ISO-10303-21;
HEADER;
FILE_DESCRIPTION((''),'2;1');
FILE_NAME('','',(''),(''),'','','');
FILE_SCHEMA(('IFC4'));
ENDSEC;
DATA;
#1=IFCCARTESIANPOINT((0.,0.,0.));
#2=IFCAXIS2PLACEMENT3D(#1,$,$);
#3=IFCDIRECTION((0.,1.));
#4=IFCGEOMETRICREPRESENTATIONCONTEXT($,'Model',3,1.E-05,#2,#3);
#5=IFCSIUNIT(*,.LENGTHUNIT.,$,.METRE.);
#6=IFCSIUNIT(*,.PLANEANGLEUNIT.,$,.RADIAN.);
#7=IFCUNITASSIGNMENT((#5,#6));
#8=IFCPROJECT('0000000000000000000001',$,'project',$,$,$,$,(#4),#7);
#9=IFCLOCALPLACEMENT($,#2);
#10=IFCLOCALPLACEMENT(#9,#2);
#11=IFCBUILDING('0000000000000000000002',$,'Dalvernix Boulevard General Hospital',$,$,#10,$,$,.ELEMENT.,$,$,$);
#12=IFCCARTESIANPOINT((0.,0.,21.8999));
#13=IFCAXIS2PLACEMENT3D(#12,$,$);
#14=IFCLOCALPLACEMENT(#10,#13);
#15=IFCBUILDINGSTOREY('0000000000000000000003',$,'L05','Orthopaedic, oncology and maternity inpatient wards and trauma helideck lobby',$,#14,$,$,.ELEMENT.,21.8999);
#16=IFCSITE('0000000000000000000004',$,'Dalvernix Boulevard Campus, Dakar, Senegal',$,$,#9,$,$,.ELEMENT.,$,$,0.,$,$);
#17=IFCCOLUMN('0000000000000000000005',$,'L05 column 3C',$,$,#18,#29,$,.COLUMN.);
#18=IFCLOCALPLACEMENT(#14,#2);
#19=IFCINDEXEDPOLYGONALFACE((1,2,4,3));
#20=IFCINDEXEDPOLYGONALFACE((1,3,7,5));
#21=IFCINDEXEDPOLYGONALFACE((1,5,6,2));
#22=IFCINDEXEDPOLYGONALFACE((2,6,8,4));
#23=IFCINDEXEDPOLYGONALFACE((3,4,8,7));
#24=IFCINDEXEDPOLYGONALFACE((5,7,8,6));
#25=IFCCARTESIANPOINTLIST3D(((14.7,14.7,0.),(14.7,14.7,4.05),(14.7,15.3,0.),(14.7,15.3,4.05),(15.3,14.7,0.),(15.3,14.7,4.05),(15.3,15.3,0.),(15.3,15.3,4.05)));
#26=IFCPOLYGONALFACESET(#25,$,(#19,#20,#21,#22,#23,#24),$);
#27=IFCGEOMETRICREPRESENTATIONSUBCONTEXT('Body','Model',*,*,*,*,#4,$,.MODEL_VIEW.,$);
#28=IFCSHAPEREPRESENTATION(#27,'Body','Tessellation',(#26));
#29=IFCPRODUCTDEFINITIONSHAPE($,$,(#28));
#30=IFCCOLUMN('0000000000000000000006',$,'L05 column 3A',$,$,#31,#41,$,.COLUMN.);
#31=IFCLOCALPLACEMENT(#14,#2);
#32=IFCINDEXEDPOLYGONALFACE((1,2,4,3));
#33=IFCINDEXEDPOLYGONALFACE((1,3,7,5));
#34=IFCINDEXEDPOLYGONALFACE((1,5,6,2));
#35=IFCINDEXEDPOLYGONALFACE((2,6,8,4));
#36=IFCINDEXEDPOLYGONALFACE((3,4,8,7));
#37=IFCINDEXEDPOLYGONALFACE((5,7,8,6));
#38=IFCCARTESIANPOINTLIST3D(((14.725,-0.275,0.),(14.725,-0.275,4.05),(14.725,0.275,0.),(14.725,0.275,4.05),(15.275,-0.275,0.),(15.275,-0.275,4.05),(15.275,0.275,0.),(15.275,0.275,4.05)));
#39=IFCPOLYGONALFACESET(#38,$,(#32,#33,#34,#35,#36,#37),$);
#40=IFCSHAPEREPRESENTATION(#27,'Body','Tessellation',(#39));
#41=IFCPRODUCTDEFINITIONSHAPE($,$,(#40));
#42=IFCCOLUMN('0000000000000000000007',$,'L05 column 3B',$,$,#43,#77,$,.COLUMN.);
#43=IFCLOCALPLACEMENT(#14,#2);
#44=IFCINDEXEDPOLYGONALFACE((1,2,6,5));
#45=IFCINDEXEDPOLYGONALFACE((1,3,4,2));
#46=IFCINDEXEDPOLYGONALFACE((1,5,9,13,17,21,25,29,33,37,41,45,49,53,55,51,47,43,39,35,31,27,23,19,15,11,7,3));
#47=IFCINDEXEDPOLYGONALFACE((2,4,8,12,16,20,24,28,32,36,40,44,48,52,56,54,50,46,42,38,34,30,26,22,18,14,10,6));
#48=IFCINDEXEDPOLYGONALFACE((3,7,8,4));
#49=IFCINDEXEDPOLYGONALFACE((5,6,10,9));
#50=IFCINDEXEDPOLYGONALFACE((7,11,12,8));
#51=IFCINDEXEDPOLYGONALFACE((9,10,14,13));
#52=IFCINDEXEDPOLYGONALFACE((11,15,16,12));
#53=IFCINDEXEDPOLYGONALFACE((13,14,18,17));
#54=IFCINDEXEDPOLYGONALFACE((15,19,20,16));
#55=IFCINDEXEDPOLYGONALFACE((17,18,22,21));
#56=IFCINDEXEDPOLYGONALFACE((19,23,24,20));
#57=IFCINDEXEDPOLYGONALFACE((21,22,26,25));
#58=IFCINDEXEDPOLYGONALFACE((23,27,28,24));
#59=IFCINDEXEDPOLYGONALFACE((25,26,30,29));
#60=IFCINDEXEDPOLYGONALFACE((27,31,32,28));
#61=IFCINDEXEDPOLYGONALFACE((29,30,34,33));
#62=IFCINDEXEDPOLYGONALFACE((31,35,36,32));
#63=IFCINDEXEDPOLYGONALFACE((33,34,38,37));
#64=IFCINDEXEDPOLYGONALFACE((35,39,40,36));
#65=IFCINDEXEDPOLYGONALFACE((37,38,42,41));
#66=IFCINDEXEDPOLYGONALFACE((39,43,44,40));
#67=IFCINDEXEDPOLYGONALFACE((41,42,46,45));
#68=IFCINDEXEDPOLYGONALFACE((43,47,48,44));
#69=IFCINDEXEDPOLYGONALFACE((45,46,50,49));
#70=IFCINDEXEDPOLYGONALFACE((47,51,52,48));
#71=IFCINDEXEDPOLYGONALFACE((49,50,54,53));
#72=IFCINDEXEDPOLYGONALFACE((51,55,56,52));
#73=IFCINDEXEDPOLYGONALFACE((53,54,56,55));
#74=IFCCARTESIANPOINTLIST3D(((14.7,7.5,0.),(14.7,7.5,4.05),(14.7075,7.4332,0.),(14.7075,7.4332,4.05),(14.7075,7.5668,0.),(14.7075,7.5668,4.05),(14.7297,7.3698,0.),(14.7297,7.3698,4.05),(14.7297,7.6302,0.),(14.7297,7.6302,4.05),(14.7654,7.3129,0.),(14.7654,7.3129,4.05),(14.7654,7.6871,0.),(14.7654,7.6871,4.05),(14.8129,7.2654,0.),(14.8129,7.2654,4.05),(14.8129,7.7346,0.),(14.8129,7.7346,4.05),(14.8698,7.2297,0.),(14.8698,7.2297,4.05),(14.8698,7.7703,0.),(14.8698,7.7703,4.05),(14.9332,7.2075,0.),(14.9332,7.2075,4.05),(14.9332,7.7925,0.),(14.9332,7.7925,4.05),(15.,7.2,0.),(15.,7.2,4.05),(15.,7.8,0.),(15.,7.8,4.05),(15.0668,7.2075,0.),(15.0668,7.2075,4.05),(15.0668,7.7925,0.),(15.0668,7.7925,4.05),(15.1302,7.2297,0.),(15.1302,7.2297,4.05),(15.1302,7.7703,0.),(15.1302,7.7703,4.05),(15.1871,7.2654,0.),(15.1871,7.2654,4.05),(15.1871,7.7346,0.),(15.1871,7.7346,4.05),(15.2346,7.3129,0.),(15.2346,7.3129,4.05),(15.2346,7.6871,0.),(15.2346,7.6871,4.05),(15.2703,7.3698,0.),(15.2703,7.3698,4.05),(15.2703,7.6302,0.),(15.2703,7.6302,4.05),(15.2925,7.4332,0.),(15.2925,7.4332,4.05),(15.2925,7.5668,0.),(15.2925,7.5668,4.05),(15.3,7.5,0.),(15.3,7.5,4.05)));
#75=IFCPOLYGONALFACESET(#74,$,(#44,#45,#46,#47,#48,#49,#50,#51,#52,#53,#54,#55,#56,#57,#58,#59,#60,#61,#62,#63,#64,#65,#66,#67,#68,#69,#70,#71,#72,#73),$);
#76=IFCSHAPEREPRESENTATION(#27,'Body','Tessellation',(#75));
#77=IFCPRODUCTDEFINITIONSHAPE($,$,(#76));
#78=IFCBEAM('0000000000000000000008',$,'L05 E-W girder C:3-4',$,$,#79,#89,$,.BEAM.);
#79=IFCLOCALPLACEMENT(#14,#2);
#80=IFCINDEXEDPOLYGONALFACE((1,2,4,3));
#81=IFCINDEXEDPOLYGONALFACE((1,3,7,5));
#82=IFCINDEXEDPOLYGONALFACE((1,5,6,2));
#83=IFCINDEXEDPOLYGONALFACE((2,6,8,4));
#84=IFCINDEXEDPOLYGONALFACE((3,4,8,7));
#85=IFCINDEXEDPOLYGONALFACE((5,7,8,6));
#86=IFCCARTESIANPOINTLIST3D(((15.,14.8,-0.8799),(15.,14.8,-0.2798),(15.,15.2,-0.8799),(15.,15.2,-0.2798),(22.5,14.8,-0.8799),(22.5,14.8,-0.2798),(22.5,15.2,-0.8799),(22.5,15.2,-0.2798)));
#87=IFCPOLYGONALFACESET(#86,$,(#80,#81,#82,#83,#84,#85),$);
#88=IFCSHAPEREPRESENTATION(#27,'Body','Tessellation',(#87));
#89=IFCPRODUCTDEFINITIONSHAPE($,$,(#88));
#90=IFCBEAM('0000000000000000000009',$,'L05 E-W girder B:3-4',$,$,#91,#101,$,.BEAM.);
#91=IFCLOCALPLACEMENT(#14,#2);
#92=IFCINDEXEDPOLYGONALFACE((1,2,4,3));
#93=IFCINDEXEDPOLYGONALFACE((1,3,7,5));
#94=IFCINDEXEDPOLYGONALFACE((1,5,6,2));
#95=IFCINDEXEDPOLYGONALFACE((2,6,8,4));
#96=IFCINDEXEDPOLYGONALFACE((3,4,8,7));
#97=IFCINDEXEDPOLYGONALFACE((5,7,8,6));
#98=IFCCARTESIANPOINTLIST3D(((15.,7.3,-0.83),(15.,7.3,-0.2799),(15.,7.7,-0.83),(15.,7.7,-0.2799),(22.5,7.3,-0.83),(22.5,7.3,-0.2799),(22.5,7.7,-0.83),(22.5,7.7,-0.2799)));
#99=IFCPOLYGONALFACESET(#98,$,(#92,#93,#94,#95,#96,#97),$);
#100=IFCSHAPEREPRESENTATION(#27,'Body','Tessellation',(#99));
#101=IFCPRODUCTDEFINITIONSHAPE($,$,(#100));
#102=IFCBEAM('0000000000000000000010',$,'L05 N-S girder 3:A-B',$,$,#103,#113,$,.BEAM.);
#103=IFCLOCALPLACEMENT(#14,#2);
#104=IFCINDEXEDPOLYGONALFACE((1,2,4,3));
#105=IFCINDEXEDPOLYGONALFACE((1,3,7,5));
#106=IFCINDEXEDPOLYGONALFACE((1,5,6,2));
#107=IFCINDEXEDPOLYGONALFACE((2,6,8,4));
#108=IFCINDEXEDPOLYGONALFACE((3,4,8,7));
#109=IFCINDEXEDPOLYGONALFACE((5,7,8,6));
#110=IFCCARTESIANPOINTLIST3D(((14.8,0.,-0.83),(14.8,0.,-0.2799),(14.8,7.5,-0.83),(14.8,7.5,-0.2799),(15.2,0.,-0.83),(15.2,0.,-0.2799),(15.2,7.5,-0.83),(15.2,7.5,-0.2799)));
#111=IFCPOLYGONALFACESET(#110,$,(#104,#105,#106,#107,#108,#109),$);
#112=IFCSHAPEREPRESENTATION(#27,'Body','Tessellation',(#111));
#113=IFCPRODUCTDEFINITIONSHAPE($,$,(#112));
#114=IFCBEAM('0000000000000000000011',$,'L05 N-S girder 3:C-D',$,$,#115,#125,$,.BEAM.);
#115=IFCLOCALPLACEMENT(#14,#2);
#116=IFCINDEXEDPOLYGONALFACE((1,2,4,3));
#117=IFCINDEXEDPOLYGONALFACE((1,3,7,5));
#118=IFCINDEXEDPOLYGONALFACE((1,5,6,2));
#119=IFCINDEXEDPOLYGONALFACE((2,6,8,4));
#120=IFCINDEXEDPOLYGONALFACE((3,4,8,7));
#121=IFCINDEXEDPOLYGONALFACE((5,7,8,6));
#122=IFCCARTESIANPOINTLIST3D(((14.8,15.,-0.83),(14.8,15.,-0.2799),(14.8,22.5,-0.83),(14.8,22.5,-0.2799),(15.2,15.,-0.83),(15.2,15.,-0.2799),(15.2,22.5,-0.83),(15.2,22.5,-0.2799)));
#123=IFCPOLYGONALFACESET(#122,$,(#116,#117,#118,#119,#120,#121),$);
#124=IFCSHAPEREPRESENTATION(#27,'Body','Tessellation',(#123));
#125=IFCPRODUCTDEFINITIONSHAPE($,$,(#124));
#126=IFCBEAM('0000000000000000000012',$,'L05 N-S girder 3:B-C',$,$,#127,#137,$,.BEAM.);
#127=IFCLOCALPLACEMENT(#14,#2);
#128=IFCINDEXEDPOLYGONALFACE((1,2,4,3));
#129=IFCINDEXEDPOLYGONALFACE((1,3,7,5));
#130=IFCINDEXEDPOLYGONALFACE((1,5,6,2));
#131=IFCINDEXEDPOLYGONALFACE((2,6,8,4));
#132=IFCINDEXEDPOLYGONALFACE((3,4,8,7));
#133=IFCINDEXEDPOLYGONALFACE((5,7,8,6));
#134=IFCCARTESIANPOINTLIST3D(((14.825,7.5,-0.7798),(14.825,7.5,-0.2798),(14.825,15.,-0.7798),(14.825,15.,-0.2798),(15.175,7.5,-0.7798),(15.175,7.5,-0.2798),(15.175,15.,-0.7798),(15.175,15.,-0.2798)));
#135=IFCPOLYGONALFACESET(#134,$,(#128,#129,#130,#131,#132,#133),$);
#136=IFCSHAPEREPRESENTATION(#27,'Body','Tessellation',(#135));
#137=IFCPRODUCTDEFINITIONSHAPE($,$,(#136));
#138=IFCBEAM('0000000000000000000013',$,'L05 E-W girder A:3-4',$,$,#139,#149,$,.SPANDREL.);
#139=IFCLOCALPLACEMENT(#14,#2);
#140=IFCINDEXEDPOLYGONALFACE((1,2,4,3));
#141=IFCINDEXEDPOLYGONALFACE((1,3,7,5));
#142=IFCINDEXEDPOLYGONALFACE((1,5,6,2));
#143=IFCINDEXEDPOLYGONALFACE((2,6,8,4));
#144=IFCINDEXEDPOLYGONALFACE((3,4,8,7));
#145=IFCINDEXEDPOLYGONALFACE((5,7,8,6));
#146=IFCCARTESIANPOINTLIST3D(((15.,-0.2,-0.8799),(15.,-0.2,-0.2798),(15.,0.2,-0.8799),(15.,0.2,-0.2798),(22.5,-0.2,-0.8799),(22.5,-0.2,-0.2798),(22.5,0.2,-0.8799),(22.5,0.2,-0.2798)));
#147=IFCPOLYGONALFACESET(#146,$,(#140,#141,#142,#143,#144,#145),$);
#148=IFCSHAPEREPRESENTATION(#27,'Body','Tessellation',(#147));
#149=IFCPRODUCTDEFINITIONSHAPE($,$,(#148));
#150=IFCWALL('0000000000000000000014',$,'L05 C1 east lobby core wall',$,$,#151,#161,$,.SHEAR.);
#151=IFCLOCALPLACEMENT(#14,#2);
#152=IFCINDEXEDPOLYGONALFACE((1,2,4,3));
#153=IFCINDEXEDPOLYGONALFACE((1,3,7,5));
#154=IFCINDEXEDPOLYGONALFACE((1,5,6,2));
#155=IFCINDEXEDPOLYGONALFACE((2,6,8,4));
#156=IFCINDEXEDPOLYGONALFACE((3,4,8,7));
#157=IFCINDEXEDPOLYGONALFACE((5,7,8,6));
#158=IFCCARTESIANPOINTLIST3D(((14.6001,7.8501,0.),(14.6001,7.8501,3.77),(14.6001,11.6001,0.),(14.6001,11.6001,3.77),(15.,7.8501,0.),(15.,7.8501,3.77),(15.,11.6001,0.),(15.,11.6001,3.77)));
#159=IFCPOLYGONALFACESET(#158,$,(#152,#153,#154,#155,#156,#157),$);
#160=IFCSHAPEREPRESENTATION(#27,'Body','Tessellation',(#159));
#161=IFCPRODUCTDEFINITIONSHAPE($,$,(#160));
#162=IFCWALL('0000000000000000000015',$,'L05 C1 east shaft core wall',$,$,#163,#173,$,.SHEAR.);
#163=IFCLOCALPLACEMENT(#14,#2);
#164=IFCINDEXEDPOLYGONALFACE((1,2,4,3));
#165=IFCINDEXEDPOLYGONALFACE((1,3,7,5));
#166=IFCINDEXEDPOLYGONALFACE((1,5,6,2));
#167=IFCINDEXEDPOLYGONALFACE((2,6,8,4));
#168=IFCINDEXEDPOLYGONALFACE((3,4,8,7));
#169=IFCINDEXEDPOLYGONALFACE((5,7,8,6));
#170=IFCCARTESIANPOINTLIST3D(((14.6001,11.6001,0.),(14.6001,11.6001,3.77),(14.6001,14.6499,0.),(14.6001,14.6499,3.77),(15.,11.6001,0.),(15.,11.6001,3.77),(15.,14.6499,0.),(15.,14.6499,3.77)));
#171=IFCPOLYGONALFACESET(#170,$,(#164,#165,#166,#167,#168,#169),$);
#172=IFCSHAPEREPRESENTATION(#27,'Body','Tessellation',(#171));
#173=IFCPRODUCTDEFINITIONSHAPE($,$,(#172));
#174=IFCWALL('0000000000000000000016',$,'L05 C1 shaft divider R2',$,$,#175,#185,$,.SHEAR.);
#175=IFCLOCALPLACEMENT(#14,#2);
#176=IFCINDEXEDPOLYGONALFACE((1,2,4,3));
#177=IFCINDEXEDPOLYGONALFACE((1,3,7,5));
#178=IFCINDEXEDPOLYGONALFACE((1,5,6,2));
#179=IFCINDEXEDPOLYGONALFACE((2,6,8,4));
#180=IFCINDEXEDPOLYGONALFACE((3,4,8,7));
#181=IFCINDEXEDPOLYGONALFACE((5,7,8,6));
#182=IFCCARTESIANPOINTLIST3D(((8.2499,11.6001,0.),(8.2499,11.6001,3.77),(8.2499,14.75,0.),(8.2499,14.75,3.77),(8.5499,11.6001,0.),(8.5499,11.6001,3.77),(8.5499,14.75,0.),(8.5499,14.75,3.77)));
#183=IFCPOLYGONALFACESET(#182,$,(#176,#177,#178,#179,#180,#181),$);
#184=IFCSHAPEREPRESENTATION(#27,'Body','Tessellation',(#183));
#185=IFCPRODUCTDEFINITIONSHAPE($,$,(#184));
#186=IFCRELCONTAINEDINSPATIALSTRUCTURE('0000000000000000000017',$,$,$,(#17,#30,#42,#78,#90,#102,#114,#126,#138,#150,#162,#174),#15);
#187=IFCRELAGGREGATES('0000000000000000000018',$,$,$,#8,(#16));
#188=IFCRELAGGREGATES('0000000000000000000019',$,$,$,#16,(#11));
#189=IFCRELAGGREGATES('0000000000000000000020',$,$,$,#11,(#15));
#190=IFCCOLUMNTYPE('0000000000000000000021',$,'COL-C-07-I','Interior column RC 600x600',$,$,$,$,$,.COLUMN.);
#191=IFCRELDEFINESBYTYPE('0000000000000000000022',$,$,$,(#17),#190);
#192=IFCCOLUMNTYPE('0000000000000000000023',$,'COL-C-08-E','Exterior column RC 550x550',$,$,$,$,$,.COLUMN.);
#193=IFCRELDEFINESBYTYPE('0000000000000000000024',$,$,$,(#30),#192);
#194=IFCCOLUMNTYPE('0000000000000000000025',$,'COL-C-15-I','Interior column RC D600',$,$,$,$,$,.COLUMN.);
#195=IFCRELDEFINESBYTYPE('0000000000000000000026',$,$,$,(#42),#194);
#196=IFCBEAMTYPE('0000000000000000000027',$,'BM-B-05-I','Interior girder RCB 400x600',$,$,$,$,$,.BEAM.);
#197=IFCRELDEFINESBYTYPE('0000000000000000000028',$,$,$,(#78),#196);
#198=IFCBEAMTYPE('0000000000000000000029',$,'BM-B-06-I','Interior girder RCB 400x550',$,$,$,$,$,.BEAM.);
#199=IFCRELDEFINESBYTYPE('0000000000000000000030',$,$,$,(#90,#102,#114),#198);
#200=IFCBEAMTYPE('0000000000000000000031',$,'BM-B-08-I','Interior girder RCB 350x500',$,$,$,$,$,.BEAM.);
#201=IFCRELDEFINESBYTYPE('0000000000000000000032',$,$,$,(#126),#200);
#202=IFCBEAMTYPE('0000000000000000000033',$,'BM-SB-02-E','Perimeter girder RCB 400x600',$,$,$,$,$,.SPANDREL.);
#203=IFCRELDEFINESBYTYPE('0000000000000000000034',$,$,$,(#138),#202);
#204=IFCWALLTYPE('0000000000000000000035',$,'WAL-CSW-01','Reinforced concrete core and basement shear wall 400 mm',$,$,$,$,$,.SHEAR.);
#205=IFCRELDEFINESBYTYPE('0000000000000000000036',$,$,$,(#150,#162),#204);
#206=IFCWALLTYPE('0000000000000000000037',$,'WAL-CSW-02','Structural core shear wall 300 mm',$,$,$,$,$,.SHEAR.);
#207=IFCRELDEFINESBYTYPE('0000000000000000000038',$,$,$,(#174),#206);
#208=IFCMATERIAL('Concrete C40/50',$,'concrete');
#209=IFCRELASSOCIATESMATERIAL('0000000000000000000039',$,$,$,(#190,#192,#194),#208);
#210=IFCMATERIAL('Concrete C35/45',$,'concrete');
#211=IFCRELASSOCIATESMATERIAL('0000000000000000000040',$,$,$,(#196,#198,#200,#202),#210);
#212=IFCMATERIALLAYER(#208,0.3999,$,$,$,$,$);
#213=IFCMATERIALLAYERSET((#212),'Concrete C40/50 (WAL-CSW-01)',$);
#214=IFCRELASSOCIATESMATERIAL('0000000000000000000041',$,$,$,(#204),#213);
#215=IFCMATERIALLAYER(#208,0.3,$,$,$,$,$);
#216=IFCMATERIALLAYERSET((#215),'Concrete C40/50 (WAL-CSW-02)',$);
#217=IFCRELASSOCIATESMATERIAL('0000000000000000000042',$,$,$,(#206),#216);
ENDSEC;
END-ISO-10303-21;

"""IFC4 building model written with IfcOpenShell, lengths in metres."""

from ifc_helpers import new_model, si_unit, direction, frame, frame_2d, origin, origin_2d, place, context, subcontext, project, spatial, rectangle, circle, extrude, material, layer, layer_set, material_profile, profile_set, type_object, element, save


model = new_model("IFC4")

# Units and contexts
model_context = context("Model", 3, precision=1e-05, world=origin(), true_north=direction((0.0, 1.0)))
body_context = subcontext(model_context, "Body", "Model", "MODEL_VIEW")
ifc_project = project(units=[si_unit("LENGTHUNIT", "METRE"), si_unit("PLANEANGLEUNIT", "RADIAN")], contexts=[model_context])

# Site, building, storey
site_placement = place(None, origin())
site = spatial("IfcSite", under=ifc_project, at=site_placement, Name="Dalvernix Boulevard Campus, Dakar, Senegal", CompositionType="ELEMENT", RefElevation=0.0)
building_placement = place(site_placement, origin())
building = spatial("IfcBuilding", under=site, at=building_placement, Name="Dalvernix Boulevard General Hospital", CompositionType="ELEMENT")
storey_placement = place(building_placement, frame((0.0, 0.0, 21.8999)))
storey = spatial("IfcBuildingStorey", under=building, at=storey_placement, Name="L05", Description="Orthopaedic, oncology and maternity inpatient wards and trauma helideck lobby", CompositionType="ELEMENT", Elevation=21.8999)

# Columns
ifc_material_1 = material(Name="Concrete C40/50", Category="concrete")
ifc_material_profile_1 = material_profile(ifc_material_1, rectangle(XDim=0.6001, YDim=0.6001, at=origin_2d()), Name="RC 600x600")
ifc_profile_set_1 = profile_set([ifc_material_profile_1], Name="Concrete C40/50")
column_type_1 = type_object("IfcColumnType", Name="COL-C-07-I", Description="Interior column RC 600x600", PredefinedType="COLUMN", material=ifc_profile_set_1)
column_1_placement = place(storey_placement, frame((15.0, 15.0, 0.0), z_axis=(0.0, 0.0, 1.0), x_axis=(1.0, 0.0, 0.0)))
element("IfcColumn", 1, at=column_1_placement, inside=storey, type_object=column_type_1, Name="L05 column 3C", PredefinedType="COLUMN", context=body_context, shape_type="SweptSolid", body=[
    extrude(rectangle(XDim=0.6001, YDim=0.6001, at=origin_2d()), origin(), (0.0, 0.0, 1.0), 4.05),
])
ifc_material_profile_2 = material_profile(ifc_material_1, rectangle(XDim=0.55, YDim=0.55, at=origin_2d()), Name="RC 550x550")
ifc_profile_set_2 = profile_set([ifc_material_profile_2], Name="Concrete C40/50")
column_type_2 = type_object("IfcColumnType", Name="COL-C-08-E", Description="Exterior column RC 550x550", PredefinedType="COLUMN", material=ifc_profile_set_2)
column_2_placement = place(storey_placement, frame((15.0, 0.0, 0.0), z_axis=(0.0, 0.0, 1.0), x_axis=(1.0, 0.0, 0.0)))
element("IfcColumn", 2, at=column_2_placement, inside=storey, type_object=column_type_2, Name="L05 column 3A", PredefinedType="COLUMN", context=body_context, shape_type="SweptSolid", body=[
    extrude(rectangle(XDim=0.55, YDim=0.55, at=origin_2d()), origin(), (0.0, 0.0, 1.0), 4.05),
])
ifc_material_profile_3 = material_profile(ifc_material_1, circle(Radius=0.3, at=origin_2d()), Name="RC D600")
ifc_profile_set_3 = profile_set([ifc_material_profile_3], Name="Concrete C40/50")
column_type_3 = type_object("IfcColumnType", Name="COL-C-15-I", Description="Interior column RC D600", PredefinedType="COLUMN", material=ifc_profile_set_3)
column_3_placement = place(storey_placement, frame((15.0, 7.5, 0.0), z_axis=(0.0, 0.0, 1.0), x_axis=(1.0, 0.0, 0.0)))
element("IfcColumn", 3, at=column_3_placement, inside=storey, type_object=column_type_3, Name="L05 column 3B", PredefinedType="COLUMN", context=body_context, shape_type="SweptSolid", body=[
    extrude(circle(Radius=0.3, at=origin_2d()), origin(), (0.0, 0.0, 1.0), 4.05),
])

# Beams
ifc_material_2 = material(Name="Concrete C35/45", Category="concrete")
ifc_material_profile_4 = material_profile(ifc_material_2, rectangle(XDim=0.3999, YDim=0.6001, at=origin_2d()), Name="RCB 400x600")
ifc_profile_set_4 = profile_set([ifc_material_profile_4], Name="Concrete C35/45")
beam_type_1 = type_object("IfcBeamType", Name="BM-B-05-I", Description="Interior girder RCB 400x600", PredefinedType="BEAM", material=ifc_profile_set_4)
beam_1_placement = place(storey_placement, frame((15.0, 15.0, -0.5798), z_axis=(1.0, 0.0, 0.0), x_axis=(0.0, 1.0, 0.0)))
element("IfcBeam", 4, at=beam_1_placement, inside=storey, type_object=beam_type_1, Name="L05 E-W girder C:3-4", PredefinedType="BEAM", context=body_context, shape_type="SweptSolid", body=[
    extrude(rectangle(XDim=0.3999, YDim=0.6001, at=origin_2d()), origin(), (0.0, 0.0, 1.0), 7.5),
])
ifc_material_profile_5 = material_profile(ifc_material_2, rectangle(XDim=0.3999, YDim=0.55, at=origin_2d()), Name="RCB 400x550")
ifc_profile_set_5 = profile_set([ifc_material_profile_5], Name="Concrete C35/45")
beam_type_2 = type_object("IfcBeamType", Name="BM-B-06-I", Description="Interior girder RCB 400x550", PredefinedType="BEAM", material=ifc_profile_set_5)
for number, where, z_axis, x_axis, name in (
    (5, (15.0, 7.5, -0.5549), (1.0, 0.0, 0.0), (0.0, 1.0, 0.0), "L05 E-W girder B:3-4"),
    (6, (15.0, 0.0, -0.5549), (0.0, 1.0, 0.0), (-1.0, 0.0, 0.0), "L05 N-S girder 3:A-B"),
    (7, (15.0, 15.0, -0.5549), (0.0, 1.0, 0.0), (-1.0, 0.0, 0.0), "L05 N-S girder 3:C-D"),
):
    element("IfcBeam", number, at=place(storey_placement, frame(where, z_axis=z_axis, x_axis=x_axis)), inside=storey, type_object=beam_type_2, Name=name, PredefinedType="BEAM", context=body_context, shape_type="SweptSolid", body=[
        extrude(rectangle(XDim=0.3999, YDim=0.55, at=origin_2d()), origin(), (0.0, 0.0, 1.0), 7.5),
    ])
ifc_material_profile_6 = material_profile(ifc_material_2, rectangle(XDim=0.3501, YDim=0.5, at=origin_2d()), Name="RCB 350x500")
ifc_profile_set_6 = profile_set([ifc_material_profile_6], Name="Concrete C35/45")
beam_type_3 = type_object("IfcBeamType", Name="BM-B-08-I", Description="Interior girder RCB 350x500", PredefinedType="BEAM", material=ifc_profile_set_6)
beam_2_placement = place(storey_placement, frame((15.0, 7.5, -0.5298), z_axis=(0.0, 1.0, 0.0), x_axis=(-1.0, 0.0, 0.0)))
element("IfcBeam", 8, at=beam_2_placement, inside=storey, type_object=beam_type_3, Name="L05 N-S girder 3:B-C", PredefinedType="BEAM", context=body_context, shape_type="SweptSolid", body=[
    extrude(rectangle(XDim=0.3501, YDim=0.5, at=origin_2d()), origin(), (0.0, 0.0, 1.0), 7.5),
])
ifc_material_profile_7 = material_profile(ifc_material_2, rectangle(XDim=0.3999, YDim=0.6001, at=origin_2d()), Name="RCB 400x600")
ifc_profile_set_7 = profile_set([ifc_material_profile_7], Name="Concrete C35/45")
beam_type_4 = type_object("IfcBeamType", Name="BM-SB-02-E", Description="Perimeter girder RCB 400x600", PredefinedType="SPANDREL", material=ifc_profile_set_7)
beam_3_placement = place(storey_placement, frame((15.0, 0.0, -0.5798), z_axis=(1.0, 0.0, 0.0), x_axis=(0.0, 1.0, 0.0)))
element("IfcBeam", 9, at=beam_3_placement, inside=storey, type_object=beam_type_4, Name="L05 E-W girder A:3-4", PredefinedType="SPANDREL", context=body_context, shape_type="SweptSolid", body=[
    extrude(rectangle(XDim=0.3999, YDim=0.6001, at=origin_2d()), origin(), (0.0, 0.0, 1.0), 7.5),
])

# Walls
ifc_layer_1 = layer(ifc_material_1, 0.3999)
ifc_layer_set_1 = layer_set([ifc_layer_1], Name="Concrete C40/50 (WAL-CSW-01)")
wall_type_1 = type_object("IfcWallType", Name="WAL-CSW-01", Description="Reinforced concrete core and basement shear wall 400 mm", PredefinedType="SHEAR", material=ifc_layer_set_1)
wall_1_placement = place(storey_placement, frame((14.8, 7.8501, 0.0), z_axis=(0.0, 0.0, 1.0), x_axis=(0.0, 1.0, 0.0)))
element("IfcWall", 10, at=wall_1_placement, inside=storey, type_object=wall_type_1, Name="L05 C1 east lobby core wall", PredefinedType="SHEAR", context=body_context, shape_type="SweptSolid", body=[
    extrude(rectangle(XDim=3.75, YDim=0.3999, at=frame_2d((1.875, 0.0))), origin(), (0.0, 0.0, 1.0), 3.77),
])
wall_2_placement = place(storey_placement, frame((14.8, 11.6001, 0.0), z_axis=(0.0, 0.0, 1.0), x_axis=(0.0, 1.0, 0.0)))
element("IfcWall", 11, at=wall_2_placement, inside=storey, type_object=wall_type_1, Name="L05 C1 east shaft core wall", PredefinedType="SHEAR", context=body_context, shape_type="SweptSolid", body=[
    extrude(rectangle(XDim=3.0498, YDim=0.3999, at=frame_2d((1.5249, 0.0))), origin(), (0.0, 0.0, 1.0), 3.77),
])
ifc_layer_2 = layer(ifc_material_1, 0.3)
ifc_layer_set_2 = layer_set([ifc_layer_2], Name="Concrete C40/50 (WAL-CSW-02)")
wall_type_2 = type_object("IfcWallType", Name="WAL-CSW-02", Description="Structural core shear wall 300 mm", PredefinedType="SHEAR", material=ifc_layer_set_2)
for number, where, z_axis, x_axis, name in (
    (12, (8.3999, 11.6001, 0.0), (0.0, 0.0, 1.0), (0.0, 1.0, 0.0), "L05 C1 shaft divider R2"),
):
    element("IfcWall", number, at=place(storey_placement, frame(where, z_axis=z_axis, x_axis=x_axis)), inside=storey, type_object=wall_type_2, Name=name, PredefinedType="SHEAR", context=body_context, shape_type="SweptSolid", body=[
        extrude(rectangle(XDim=3.1499, YDim=0.3, at=frame_2d((1.575, 0.0))), origin(), (0.0, 0.0, 1.0), 3.77),
    ])

save(model, "model.ifc")
